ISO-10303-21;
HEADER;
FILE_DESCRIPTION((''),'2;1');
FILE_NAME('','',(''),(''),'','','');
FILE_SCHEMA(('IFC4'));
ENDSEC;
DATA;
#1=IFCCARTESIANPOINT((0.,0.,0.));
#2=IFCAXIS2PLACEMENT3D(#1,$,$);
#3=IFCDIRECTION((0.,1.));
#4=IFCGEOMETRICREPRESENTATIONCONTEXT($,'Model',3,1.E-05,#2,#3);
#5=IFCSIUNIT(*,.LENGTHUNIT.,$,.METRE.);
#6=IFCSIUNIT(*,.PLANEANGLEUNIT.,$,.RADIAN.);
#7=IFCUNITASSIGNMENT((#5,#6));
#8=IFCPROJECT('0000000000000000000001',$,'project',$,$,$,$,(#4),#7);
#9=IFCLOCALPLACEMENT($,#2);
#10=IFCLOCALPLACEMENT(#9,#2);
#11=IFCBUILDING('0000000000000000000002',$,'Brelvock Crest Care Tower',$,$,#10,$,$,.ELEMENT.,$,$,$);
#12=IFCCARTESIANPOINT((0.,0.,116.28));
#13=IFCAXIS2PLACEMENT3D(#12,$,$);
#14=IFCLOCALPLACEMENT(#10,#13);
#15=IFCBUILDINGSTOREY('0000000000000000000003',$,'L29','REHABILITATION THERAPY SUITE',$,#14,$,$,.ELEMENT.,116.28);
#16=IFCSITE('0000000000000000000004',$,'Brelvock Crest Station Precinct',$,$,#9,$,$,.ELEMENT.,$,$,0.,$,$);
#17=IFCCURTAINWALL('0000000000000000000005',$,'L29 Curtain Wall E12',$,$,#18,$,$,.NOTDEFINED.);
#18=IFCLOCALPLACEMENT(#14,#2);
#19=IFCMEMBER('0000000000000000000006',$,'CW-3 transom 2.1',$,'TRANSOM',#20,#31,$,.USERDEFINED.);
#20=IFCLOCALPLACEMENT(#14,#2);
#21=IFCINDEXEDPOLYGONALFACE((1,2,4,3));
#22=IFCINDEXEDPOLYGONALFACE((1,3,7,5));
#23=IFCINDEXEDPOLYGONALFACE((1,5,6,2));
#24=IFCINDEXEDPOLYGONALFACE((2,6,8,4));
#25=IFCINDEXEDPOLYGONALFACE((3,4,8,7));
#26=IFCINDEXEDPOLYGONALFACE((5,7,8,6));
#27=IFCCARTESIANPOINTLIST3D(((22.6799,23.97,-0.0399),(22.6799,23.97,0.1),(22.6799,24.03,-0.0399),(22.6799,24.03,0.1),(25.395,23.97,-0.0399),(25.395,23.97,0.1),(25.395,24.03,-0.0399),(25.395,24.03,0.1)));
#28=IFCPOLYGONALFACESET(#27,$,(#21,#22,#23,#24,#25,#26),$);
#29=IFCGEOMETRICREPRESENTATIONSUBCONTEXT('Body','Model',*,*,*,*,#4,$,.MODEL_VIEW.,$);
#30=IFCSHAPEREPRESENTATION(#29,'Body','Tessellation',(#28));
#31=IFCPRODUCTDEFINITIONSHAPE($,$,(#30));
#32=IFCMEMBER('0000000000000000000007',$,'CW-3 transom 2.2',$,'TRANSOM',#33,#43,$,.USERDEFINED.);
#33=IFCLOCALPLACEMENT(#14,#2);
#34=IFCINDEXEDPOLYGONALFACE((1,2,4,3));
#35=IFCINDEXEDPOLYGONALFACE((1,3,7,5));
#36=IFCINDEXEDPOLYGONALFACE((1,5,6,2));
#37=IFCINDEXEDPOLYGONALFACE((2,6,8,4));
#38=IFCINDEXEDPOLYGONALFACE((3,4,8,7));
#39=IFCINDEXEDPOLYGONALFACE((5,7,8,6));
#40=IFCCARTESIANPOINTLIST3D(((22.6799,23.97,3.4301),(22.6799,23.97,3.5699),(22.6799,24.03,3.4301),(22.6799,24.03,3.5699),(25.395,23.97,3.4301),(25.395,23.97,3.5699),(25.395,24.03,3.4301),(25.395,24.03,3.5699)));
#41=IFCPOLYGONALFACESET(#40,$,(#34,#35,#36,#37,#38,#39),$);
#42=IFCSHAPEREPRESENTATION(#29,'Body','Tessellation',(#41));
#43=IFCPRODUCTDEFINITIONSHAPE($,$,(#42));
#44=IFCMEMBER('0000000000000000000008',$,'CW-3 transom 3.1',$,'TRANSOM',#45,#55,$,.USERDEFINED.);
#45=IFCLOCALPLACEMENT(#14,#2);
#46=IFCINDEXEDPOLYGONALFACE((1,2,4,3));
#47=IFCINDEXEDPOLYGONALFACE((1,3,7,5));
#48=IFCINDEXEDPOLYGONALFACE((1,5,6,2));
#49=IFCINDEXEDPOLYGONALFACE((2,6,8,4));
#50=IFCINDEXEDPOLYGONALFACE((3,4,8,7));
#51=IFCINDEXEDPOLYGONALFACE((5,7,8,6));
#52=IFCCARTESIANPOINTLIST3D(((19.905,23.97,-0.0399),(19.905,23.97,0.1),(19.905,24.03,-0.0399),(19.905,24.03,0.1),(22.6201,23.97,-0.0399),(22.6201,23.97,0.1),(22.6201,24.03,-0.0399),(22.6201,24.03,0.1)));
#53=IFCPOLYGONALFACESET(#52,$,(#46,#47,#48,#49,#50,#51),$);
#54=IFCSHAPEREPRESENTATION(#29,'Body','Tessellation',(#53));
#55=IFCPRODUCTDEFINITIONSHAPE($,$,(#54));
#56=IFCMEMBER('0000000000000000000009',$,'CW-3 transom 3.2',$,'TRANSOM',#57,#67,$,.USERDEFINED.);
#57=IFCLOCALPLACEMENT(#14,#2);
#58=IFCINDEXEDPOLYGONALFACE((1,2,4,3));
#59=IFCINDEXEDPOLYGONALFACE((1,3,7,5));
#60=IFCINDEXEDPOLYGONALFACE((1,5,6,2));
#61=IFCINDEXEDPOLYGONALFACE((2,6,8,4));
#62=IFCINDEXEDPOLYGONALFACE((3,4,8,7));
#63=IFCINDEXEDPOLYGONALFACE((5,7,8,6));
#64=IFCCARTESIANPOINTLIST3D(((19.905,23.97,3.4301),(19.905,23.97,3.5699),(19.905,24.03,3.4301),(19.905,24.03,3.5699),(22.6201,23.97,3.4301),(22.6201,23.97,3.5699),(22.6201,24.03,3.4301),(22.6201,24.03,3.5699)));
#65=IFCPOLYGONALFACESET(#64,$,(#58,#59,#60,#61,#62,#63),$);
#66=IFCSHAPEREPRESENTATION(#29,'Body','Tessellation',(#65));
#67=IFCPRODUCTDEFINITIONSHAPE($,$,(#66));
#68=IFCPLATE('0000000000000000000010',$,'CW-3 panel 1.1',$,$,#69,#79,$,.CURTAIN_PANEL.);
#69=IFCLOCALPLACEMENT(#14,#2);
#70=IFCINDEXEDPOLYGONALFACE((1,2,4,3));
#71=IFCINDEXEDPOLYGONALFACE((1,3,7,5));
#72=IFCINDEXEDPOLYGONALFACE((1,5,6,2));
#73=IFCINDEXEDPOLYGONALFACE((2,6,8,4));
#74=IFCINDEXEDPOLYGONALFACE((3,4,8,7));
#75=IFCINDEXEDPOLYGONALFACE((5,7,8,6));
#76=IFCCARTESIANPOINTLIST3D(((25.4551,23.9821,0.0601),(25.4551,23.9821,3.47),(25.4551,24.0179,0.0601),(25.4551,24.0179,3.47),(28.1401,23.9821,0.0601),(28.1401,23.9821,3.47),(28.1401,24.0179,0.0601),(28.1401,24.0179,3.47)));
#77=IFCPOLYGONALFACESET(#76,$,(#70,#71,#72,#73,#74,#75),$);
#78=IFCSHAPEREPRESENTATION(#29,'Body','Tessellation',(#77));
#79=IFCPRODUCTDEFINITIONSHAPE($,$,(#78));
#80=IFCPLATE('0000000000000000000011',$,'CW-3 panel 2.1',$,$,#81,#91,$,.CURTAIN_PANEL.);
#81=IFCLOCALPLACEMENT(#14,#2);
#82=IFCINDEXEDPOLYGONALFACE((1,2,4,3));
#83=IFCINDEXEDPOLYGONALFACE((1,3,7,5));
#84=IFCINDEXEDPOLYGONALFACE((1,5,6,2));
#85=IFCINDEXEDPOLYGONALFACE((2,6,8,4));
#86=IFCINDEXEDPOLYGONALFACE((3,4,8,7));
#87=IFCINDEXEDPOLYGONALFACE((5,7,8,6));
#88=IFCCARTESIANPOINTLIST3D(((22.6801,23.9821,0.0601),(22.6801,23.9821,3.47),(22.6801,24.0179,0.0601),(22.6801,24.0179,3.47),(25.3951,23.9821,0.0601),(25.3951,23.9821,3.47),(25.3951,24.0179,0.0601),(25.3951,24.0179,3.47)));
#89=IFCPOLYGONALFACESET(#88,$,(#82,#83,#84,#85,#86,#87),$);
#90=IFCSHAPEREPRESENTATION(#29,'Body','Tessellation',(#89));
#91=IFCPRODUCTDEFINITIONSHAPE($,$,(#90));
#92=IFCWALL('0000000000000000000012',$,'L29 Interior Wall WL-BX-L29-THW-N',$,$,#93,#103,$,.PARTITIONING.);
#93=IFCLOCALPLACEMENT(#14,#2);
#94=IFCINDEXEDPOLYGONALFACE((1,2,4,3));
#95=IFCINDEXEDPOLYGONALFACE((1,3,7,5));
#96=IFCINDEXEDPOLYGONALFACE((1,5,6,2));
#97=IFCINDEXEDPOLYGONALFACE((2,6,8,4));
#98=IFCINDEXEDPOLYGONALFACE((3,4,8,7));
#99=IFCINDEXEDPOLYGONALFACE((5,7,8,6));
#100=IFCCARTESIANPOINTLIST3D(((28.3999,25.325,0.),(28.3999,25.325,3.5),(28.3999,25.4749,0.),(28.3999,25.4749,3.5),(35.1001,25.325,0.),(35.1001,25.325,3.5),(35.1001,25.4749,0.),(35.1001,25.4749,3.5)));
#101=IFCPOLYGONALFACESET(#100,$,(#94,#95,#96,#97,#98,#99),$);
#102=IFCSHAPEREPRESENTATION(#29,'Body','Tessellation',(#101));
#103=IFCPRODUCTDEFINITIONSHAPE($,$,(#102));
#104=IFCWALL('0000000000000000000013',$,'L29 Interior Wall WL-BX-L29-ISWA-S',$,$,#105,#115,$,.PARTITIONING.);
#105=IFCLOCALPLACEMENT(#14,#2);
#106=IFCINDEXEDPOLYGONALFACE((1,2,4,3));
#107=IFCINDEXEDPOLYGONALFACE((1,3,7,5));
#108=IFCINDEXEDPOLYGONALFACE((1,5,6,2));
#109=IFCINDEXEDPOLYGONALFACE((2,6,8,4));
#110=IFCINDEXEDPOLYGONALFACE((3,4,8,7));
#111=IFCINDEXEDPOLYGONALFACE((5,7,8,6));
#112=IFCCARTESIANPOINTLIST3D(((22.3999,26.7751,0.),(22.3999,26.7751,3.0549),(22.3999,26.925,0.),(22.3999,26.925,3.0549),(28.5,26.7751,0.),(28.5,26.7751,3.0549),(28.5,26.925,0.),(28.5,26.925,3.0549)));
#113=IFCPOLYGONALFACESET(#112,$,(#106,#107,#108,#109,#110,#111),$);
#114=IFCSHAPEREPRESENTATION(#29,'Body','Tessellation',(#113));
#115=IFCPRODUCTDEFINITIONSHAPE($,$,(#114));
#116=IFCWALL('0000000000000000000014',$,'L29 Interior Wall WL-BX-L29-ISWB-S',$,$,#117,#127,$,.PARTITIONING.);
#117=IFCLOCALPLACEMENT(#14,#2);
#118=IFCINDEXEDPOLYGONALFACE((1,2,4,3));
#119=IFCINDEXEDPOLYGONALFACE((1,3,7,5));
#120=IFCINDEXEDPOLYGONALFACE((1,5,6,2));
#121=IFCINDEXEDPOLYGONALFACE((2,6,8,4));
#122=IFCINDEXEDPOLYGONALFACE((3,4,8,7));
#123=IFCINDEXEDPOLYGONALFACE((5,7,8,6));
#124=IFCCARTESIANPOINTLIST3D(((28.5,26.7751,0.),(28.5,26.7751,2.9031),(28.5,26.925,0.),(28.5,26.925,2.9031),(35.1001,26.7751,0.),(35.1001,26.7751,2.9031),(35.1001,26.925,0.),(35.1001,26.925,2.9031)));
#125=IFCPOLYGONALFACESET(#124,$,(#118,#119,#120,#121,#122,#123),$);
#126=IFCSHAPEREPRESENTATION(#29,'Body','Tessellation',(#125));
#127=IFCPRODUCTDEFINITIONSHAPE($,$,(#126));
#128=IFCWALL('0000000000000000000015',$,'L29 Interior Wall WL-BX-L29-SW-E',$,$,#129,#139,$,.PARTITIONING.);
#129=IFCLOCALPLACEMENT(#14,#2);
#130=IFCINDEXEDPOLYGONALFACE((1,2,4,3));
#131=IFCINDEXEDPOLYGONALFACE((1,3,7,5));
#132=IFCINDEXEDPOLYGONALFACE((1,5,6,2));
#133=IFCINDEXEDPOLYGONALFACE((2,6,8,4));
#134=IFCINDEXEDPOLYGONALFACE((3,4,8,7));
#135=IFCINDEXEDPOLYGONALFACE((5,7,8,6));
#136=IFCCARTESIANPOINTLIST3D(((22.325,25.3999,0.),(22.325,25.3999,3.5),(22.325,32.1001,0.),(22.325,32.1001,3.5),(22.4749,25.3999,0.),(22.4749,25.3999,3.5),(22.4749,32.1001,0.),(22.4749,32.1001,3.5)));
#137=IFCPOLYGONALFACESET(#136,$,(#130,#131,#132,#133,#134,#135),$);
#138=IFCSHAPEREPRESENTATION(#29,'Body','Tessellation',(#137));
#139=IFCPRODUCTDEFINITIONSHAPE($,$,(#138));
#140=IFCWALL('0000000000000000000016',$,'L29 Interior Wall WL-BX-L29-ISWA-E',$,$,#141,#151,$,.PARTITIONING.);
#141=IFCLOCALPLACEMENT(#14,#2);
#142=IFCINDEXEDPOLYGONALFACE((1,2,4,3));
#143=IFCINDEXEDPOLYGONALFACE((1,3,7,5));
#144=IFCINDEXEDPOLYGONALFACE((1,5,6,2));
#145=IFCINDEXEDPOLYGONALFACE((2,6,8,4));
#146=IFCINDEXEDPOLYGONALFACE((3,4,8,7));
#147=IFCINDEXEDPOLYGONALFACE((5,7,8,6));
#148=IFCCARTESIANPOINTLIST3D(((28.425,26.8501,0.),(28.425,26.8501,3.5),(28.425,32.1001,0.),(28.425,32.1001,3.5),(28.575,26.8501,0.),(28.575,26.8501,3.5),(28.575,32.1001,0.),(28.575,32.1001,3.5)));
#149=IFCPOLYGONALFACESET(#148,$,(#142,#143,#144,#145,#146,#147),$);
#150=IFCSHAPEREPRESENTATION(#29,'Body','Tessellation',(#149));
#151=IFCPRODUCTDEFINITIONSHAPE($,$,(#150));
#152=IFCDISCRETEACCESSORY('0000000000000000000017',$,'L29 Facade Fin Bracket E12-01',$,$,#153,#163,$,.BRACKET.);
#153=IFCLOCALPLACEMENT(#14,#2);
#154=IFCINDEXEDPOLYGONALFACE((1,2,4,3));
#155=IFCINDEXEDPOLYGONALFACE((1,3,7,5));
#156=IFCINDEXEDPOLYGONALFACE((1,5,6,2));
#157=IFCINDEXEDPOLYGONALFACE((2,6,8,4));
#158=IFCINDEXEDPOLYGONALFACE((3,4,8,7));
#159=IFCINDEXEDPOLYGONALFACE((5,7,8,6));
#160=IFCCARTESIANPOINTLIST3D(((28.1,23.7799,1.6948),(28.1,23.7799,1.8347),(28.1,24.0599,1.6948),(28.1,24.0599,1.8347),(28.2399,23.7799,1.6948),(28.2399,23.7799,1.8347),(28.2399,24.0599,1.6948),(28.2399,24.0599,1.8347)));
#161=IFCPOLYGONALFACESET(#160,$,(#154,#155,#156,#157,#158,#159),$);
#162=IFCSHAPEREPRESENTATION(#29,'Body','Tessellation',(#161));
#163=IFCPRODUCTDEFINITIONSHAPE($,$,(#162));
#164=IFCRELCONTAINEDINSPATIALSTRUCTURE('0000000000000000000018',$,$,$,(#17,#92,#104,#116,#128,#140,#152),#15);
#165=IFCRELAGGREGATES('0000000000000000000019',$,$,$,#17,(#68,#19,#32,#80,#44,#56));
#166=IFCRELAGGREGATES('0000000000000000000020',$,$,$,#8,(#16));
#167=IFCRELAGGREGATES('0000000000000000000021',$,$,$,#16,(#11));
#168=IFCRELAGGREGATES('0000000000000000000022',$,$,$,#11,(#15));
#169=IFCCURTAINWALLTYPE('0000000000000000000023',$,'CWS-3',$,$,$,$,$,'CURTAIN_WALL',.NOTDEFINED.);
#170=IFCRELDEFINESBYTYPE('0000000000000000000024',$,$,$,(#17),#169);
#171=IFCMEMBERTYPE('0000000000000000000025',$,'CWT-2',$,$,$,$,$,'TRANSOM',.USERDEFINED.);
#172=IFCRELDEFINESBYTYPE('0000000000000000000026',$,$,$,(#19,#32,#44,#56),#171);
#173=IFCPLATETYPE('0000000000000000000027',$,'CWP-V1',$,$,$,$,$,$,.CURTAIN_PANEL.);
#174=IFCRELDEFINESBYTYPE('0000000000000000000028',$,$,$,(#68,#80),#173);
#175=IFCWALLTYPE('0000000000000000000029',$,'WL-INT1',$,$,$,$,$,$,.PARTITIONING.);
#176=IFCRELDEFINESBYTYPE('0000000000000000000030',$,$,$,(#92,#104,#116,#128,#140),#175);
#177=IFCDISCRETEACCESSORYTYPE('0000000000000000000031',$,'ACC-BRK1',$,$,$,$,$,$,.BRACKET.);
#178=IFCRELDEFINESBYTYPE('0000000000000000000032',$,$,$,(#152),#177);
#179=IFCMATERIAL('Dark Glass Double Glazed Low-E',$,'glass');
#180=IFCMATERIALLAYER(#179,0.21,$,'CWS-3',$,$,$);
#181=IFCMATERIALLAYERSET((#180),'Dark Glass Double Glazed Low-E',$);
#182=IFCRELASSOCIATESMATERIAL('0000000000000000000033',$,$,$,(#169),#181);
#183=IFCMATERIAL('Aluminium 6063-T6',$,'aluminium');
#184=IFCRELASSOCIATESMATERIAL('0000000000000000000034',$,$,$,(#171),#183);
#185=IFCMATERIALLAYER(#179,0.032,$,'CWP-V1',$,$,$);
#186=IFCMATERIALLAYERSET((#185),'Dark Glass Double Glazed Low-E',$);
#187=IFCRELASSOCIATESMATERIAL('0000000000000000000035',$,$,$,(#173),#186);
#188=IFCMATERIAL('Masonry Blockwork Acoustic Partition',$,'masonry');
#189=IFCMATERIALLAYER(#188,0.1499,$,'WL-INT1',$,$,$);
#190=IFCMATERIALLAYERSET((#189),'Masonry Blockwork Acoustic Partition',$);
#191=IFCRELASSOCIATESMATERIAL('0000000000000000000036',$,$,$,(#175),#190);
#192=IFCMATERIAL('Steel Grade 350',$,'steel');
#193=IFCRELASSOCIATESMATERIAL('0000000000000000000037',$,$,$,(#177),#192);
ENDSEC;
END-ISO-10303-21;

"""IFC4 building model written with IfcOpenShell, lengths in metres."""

from ifc_helpers import new_model, si_unit, direction, frame, frame_2d, origin, origin_2d, place, context, subcontext, project, spatial, rectangle, extrude, source, transform, mapped, material, layer, layer_set, material_profile, profile_set, type_object, element, aggregate, save


model = new_model("IFC4")

# Units and contexts
model_context = context("Model", 3, precision=1e-05, world=origin(), true_north=direction((0.0, 1.0)))
body_context = subcontext(model_context, "Body", "Model", "MODEL_VIEW")
ifc_project = project(units=[si_unit("LENGTHUNIT", "METRE"), si_unit("PLANEANGLEUNIT", "RADIAN")], contexts=[model_context])

# Site, building, storey
site_placement = place(None, origin())
site = spatial("IfcSite", under=ifc_project, at=site_placement, Name="Brelvock Crest Station Precinct", CompositionType="ELEMENT", RefElevation=0.0)
building_placement = place(site_placement, origin())
building = spatial("IfcBuilding", under=site, at=building_placement, Name="Brelvock Crest Care Tower", CompositionType="ELEMENT")
storey_placement = place(building_placement, frame((0.0, 0.0, 116.28)))
storey = spatial("IfcBuildingStorey", under=building, at=storey_placement, Name="L29", Description="REHABILITATION THERAPY SUITE", CompositionType="ELEMENT", Elevation=116.28)

# Shared definitions
ifc_material_1 = material(Name="Steel Grade 350", Category="steel")

# Curtain wall, members, plates
ifc_material_2 = material(Name="Dark Glass Double Glazed Low-E", Category="glass")
ifc_layer_1 = layer(ifc_material_2, 0.21, Name="CWS-3")
ifc_layer_set_1 = layer_set([ifc_layer_1], Name="Dark Glass Double Glazed Low-E")
curtain_wall_type = type_object("IfcCurtainWallType", Name="CWS-3", ElementType="CURTAIN_WALL", PredefinedType="NOTDEFINED", material=ifc_layer_set_1)
curtain_wall_placement = place(storey_placement, origin())
curtain_wall = element("IfcCurtainWall", 1, at=curtain_wall_placement, inside=storey, type_object=curtain_wall_type, Name="L29 Curtain Wall E12", PredefinedType="NOTDEFINED")
ifc_material_3 = material(Name="Aluminium 6063-T6", Category="aluminium")
ifc_material_profile_1 = material_profile(ifc_material_3, rectangle(XDim=0.0601, YDim=0.1399, at=origin_2d()), Name="ALU60x140")
ifc_profile_set_1 = profile_set([ifc_material_profile_1], Name="Aluminium 6063-T6")
member_type_1 = type_object("IfcMemberType", Name="CWT-2", ElementType="TRANSOM", PredefinedType="USERDEFINED", material=ifc_profile_set_1)
shared_shape_1 = source(origin(), body_context, "Body", "SweptSolid", [
    extrude(rectangle(XDim=0.0601, YDim=0.1399, at=origin_2d()), origin(), (0.0, 0.0, 1.0), 2.7151),
])
member_1_placement = place(storey_placement, frame((25.395, 24.0, 0.03), z_axis=(-1.0, 0.0, 0.0), x_axis=(0.0, -1.0, 0.0)))
member_1 = element("IfcMember", 2, at=member_1_placement, type_object=member_type_1, Name="CW-3 transom 2.1", ObjectType="TRANSOM", PredefinedType="USERDEFINED", context=body_context, shape_type="MappedRepresentation", body=[
    mapped(shared_shape_1, transform((0.0, 0.0, 0.0), x_axis=(1.0, 0.0, 0.0), y_axis=(0.0, 1.0, 0.0), z_axis=(0.0, 0.0, 1.0), scale=1.0)),
])
member_2_placement = place(storey_placement, frame((25.395, 24.0, 3.5), z_axis=(-1.0, 0.0, 0.0), x_axis=(0.0, -1.0, 0.0)))
member_2 = element("IfcMember", 3, at=member_2_placement, type_object=member_type_1, Name="CW-3 transom 2.2", ObjectType="TRANSOM", PredefinedType="USERDEFINED", context=body_context, shape_type="MappedRepresentation", body=[
    mapped(shared_shape_1, transform((0.0, 0.0, 0.0), x_axis=(1.0, 0.0, 0.0), y_axis=(0.0, 1.0, 0.0), z_axis=(0.0, 0.0, 1.0), scale=1.0)),
])
member_3_placement = place(storey_placement, frame((22.6201, 24.0, 0.03), z_axis=(-1.0, 0.0, 0.0), x_axis=(0.0, -1.0, 0.0)))
member_3 = element("IfcMember", 4, at=member_3_placement, type_object=member_type_1, Name="CW-3 transom 3.1", ObjectType="TRANSOM", PredefinedType="USERDEFINED", context=body_context, shape_type="MappedRepresentation", body=[
    mapped(shared_shape_1, transform((0.0, 0.0, 0.0), x_axis=(1.0, 0.0, 0.0), y_axis=(0.0, 1.0, 0.0), z_axis=(0.0, 0.0, 1.0), scale=1.0)),
])
member_4_placement = place(storey_placement, frame((22.6201, 24.0, 3.5), z_axis=(-1.0, 0.0, 0.0), x_axis=(0.0, -1.0, 0.0)))
member_4 = element("IfcMember", 5, at=member_4_placement, type_object=member_type_1, Name="CW-3 transom 3.2", ObjectType="TRANSOM", PredefinedType="USERDEFINED", context=body_context, shape_type="MappedRepresentation", body=[
    mapped(shared_shape_1, transform((0.0, 0.0, 0.0), x_axis=(1.0, 0.0, 0.0), y_axis=(0.0, 1.0, 0.0), z_axis=(0.0, 0.0, 1.0), scale=1.0)),
])
ifc_layer_2 = layer(ifc_material_2, 0.032, Name="CWP-V1")
ifc_layer_set_2 = layer_set([ifc_layer_2], Name="Dark Glass Double Glazed Low-E")
plate_type = type_object("IfcPlateType", Name="CWP-V1", PredefinedType="CURTAIN_PANEL", material=ifc_layer_set_2)
shared_shape_2 = source(origin(), body_context, "Body", "SweptSolid", [
    extrude(rectangle(XDim=2.6851, YDim=0.0359, at=origin_2d()), origin(), (0.0, 0.0, 1.0), 3.4099),
])
plate_1_placement = place(storey_placement, frame((26.7976, 24.0, 0.0601), z_axis=(0.0, 0.0, 1.0), x_axis=(-1.0, 0.0, 0.0)))
plate_1 = element("IfcPlate", 6, at=plate_1_placement, type_object=plate_type, Name="CW-3 panel 1.1", PredefinedType="CURTAIN_PANEL", context=body_context, shape_type="MappedRepresentation", body=[
    mapped(shared_shape_2, transform((0.0, 0.0, 0.0), x_axis=(1.0, 0.0, 0.0), y_axis=(0.0, 1.0, 0.0), z_axis=(0.0, 0.0, 1.0), scale=1.0)),
])
shared_shape_3 = source(origin(), body_context, "Body", "SweptSolid", [
    extrude(rectangle(XDim=2.7151, YDim=0.0359, at=origin_2d()), origin(), (0.0, 0.0, 1.0), 3.4099),
])
plate_2_placement = place(storey_placement, frame((24.0376, 24.0, 0.0601), z_axis=(0.0, 0.0, 1.0), x_axis=(-1.0, 0.0, 0.0)))
plate_2 = element("IfcPlate", 7, at=plate_2_placement, type_object=plate_type, Name="CW-3 panel 2.1", PredefinedType="CURTAIN_PANEL", context=body_context, shape_type="MappedRepresentation", body=[
    mapped(shared_shape_3, transform((0.0, 0.0, 0.0), x_axis=(1.0, 0.0, 0.0), y_axis=(0.0, 1.0, 0.0), z_axis=(0.0, 0.0, 1.0), scale=1.0)),
])
aggregate(curtain_wall, [plate_1, member_1, member_2, plate_2, member_3, member_4])

# Walls
ifc_material_4 = material(Name="Masonry Blockwork Acoustic Partition", Category="masonry")
ifc_layer_3 = layer(ifc_material_4, 0.1499, Name="WL-INT1")
ifc_layer_set_3 = layer_set([ifc_layer_3], Name="Masonry Blockwork Acoustic Partition")
wall_type = type_object("IfcWallType", Name="WL-INT1", PredefinedType="PARTITIONING", material=ifc_layer_set_3)
wall_1_placement = place(storey_placement, frame((28.3999, 25.3999, 0.0), z_axis=(0.0, 0.0, 1.0), x_axis=(1.0, 0.0, 0.0)))
element("IfcWall", 8, at=wall_1_placement, inside=storey, type_object=wall_type, Name="L29 Interior Wall WL-BX-L29-THW-N", PredefinedType="PARTITIONING", context=body_context, shape_type="SweptSolid", body=[
    extrude(rectangle(XDim=6.7002, YDim=0.1499, at=frame_2d((3.3501, 0.0))), origin(), (0.0, 0.0, 1.0), 3.5),
])
wall_2_placement = place(storey_placement, frame((22.3999, 26.8501, 0.0), z_axis=(0.0, 0.0, 1.0), x_axis=(1.0, 0.0, 0.0)))
element("IfcWall", 9, at=wall_2_placement, inside=storey, type_object=wall_type, Name="L29 Interior Wall WL-BX-L29-ISWA-S", PredefinedType="PARTITIONING", context=body_context, shape_type="SweptSolid", body=[
    extrude(rectangle(XDim=6.1001, YDim=0.1499, at=frame_2d((3.05, 0.0))), origin(), (0.0, 0.0, 1.0), 3.0549),
])
wall_3_placement = place(storey_placement, frame((28.5, 26.8501, 0.0), z_axis=(0.0, 0.0, 1.0), x_axis=(1.0, 0.0, 0.0)))
element("IfcWall", 10, at=wall_3_placement, inside=storey, type_object=wall_type, Name="L29 Interior Wall WL-BX-L29-ISWB-S", PredefinedType="PARTITIONING", context=body_context, shape_type="SweptSolid", body=[
    extrude(rectangle(XDim=6.6001, YDim=0.1499, at=frame_2d((3.3, 0.0))), origin(), (0.0, 0.0, 1.0), 2.9031),
])
wall_4_placement = place(storey_placement, frame((22.3999, 25.3999, 0.0), z_axis=(0.0, 0.0, 1.0), x_axis=(0.0, 1.0, 0.0)))
element("IfcWall", 11, at=wall_4_placement, inside=storey, type_object=wall_type, Name="L29 Interior Wall WL-BX-L29-SW-E", PredefinedType="PARTITIONING", context=body_context, shape_type="SweptSolid", body=[
    extrude(rectangle(XDim=6.7002, YDim=0.1499, at=frame_2d((3.3501, 0.0))), origin(), (0.0, 0.0, 1.0), 3.5),
])
wall_5_placement = place(storey_placement, frame((28.5, 26.8501, 0.0), z_axis=(0.0, 0.0, 1.0), x_axis=(0.0, 1.0, 0.0)))
element("IfcWall", 12, at=wall_5_placement, inside=storey, type_object=wall_type, Name="L29 Interior Wall WL-BX-L29-ISWA-E", PredefinedType="PARTITIONING", context=body_context, shape_type="SweptSolid", body=[
    extrude(rectangle(XDim=5.25, YDim=0.1499, at=frame_2d((2.625, 0.0))), origin(), (0.0, 0.0, 1.0), 3.5),
])

# Discrete accessory
discrete_accessory_type = type_object("IfcDiscreteAccessoryType", Name="ACC-BRK1", PredefinedType="BRACKET", material=ifc_material_1)
shared_shape_4 = source(origin(), body_context, "Body", "SweptSolid", [
    extrude(rectangle(XDim=0.28, YDim=0.1399, at=origin_2d()), origin(), (0.0, 0.0, 1.0), 0.1399),
])
discrete_accessory_placement = place(storey_placement, frame((28.1699, 23.9199, 1.6948), z_axis=(0.0, 0.0, 1.0), x_axis=(0.0, -1.0, 0.0)))
element("IfcDiscreteAccessory", 13, at=discrete_accessory_placement, inside=storey, type_object=discrete_accessory_type, Name="L29 Facade Fin Bracket E12-01", PredefinedType="BRACKET", context=body_context, shape_type="MappedRepresentation", body=[
    mapped(shared_shape_4, transform((0.0, 0.0, 0.0), x_axis=(1.0, 0.0, 0.0), y_axis=(0.0, 1.0, 0.0), z_axis=(0.0, 0.0, 1.0), scale=1.0)),
])

save(model, "model.ifc")
